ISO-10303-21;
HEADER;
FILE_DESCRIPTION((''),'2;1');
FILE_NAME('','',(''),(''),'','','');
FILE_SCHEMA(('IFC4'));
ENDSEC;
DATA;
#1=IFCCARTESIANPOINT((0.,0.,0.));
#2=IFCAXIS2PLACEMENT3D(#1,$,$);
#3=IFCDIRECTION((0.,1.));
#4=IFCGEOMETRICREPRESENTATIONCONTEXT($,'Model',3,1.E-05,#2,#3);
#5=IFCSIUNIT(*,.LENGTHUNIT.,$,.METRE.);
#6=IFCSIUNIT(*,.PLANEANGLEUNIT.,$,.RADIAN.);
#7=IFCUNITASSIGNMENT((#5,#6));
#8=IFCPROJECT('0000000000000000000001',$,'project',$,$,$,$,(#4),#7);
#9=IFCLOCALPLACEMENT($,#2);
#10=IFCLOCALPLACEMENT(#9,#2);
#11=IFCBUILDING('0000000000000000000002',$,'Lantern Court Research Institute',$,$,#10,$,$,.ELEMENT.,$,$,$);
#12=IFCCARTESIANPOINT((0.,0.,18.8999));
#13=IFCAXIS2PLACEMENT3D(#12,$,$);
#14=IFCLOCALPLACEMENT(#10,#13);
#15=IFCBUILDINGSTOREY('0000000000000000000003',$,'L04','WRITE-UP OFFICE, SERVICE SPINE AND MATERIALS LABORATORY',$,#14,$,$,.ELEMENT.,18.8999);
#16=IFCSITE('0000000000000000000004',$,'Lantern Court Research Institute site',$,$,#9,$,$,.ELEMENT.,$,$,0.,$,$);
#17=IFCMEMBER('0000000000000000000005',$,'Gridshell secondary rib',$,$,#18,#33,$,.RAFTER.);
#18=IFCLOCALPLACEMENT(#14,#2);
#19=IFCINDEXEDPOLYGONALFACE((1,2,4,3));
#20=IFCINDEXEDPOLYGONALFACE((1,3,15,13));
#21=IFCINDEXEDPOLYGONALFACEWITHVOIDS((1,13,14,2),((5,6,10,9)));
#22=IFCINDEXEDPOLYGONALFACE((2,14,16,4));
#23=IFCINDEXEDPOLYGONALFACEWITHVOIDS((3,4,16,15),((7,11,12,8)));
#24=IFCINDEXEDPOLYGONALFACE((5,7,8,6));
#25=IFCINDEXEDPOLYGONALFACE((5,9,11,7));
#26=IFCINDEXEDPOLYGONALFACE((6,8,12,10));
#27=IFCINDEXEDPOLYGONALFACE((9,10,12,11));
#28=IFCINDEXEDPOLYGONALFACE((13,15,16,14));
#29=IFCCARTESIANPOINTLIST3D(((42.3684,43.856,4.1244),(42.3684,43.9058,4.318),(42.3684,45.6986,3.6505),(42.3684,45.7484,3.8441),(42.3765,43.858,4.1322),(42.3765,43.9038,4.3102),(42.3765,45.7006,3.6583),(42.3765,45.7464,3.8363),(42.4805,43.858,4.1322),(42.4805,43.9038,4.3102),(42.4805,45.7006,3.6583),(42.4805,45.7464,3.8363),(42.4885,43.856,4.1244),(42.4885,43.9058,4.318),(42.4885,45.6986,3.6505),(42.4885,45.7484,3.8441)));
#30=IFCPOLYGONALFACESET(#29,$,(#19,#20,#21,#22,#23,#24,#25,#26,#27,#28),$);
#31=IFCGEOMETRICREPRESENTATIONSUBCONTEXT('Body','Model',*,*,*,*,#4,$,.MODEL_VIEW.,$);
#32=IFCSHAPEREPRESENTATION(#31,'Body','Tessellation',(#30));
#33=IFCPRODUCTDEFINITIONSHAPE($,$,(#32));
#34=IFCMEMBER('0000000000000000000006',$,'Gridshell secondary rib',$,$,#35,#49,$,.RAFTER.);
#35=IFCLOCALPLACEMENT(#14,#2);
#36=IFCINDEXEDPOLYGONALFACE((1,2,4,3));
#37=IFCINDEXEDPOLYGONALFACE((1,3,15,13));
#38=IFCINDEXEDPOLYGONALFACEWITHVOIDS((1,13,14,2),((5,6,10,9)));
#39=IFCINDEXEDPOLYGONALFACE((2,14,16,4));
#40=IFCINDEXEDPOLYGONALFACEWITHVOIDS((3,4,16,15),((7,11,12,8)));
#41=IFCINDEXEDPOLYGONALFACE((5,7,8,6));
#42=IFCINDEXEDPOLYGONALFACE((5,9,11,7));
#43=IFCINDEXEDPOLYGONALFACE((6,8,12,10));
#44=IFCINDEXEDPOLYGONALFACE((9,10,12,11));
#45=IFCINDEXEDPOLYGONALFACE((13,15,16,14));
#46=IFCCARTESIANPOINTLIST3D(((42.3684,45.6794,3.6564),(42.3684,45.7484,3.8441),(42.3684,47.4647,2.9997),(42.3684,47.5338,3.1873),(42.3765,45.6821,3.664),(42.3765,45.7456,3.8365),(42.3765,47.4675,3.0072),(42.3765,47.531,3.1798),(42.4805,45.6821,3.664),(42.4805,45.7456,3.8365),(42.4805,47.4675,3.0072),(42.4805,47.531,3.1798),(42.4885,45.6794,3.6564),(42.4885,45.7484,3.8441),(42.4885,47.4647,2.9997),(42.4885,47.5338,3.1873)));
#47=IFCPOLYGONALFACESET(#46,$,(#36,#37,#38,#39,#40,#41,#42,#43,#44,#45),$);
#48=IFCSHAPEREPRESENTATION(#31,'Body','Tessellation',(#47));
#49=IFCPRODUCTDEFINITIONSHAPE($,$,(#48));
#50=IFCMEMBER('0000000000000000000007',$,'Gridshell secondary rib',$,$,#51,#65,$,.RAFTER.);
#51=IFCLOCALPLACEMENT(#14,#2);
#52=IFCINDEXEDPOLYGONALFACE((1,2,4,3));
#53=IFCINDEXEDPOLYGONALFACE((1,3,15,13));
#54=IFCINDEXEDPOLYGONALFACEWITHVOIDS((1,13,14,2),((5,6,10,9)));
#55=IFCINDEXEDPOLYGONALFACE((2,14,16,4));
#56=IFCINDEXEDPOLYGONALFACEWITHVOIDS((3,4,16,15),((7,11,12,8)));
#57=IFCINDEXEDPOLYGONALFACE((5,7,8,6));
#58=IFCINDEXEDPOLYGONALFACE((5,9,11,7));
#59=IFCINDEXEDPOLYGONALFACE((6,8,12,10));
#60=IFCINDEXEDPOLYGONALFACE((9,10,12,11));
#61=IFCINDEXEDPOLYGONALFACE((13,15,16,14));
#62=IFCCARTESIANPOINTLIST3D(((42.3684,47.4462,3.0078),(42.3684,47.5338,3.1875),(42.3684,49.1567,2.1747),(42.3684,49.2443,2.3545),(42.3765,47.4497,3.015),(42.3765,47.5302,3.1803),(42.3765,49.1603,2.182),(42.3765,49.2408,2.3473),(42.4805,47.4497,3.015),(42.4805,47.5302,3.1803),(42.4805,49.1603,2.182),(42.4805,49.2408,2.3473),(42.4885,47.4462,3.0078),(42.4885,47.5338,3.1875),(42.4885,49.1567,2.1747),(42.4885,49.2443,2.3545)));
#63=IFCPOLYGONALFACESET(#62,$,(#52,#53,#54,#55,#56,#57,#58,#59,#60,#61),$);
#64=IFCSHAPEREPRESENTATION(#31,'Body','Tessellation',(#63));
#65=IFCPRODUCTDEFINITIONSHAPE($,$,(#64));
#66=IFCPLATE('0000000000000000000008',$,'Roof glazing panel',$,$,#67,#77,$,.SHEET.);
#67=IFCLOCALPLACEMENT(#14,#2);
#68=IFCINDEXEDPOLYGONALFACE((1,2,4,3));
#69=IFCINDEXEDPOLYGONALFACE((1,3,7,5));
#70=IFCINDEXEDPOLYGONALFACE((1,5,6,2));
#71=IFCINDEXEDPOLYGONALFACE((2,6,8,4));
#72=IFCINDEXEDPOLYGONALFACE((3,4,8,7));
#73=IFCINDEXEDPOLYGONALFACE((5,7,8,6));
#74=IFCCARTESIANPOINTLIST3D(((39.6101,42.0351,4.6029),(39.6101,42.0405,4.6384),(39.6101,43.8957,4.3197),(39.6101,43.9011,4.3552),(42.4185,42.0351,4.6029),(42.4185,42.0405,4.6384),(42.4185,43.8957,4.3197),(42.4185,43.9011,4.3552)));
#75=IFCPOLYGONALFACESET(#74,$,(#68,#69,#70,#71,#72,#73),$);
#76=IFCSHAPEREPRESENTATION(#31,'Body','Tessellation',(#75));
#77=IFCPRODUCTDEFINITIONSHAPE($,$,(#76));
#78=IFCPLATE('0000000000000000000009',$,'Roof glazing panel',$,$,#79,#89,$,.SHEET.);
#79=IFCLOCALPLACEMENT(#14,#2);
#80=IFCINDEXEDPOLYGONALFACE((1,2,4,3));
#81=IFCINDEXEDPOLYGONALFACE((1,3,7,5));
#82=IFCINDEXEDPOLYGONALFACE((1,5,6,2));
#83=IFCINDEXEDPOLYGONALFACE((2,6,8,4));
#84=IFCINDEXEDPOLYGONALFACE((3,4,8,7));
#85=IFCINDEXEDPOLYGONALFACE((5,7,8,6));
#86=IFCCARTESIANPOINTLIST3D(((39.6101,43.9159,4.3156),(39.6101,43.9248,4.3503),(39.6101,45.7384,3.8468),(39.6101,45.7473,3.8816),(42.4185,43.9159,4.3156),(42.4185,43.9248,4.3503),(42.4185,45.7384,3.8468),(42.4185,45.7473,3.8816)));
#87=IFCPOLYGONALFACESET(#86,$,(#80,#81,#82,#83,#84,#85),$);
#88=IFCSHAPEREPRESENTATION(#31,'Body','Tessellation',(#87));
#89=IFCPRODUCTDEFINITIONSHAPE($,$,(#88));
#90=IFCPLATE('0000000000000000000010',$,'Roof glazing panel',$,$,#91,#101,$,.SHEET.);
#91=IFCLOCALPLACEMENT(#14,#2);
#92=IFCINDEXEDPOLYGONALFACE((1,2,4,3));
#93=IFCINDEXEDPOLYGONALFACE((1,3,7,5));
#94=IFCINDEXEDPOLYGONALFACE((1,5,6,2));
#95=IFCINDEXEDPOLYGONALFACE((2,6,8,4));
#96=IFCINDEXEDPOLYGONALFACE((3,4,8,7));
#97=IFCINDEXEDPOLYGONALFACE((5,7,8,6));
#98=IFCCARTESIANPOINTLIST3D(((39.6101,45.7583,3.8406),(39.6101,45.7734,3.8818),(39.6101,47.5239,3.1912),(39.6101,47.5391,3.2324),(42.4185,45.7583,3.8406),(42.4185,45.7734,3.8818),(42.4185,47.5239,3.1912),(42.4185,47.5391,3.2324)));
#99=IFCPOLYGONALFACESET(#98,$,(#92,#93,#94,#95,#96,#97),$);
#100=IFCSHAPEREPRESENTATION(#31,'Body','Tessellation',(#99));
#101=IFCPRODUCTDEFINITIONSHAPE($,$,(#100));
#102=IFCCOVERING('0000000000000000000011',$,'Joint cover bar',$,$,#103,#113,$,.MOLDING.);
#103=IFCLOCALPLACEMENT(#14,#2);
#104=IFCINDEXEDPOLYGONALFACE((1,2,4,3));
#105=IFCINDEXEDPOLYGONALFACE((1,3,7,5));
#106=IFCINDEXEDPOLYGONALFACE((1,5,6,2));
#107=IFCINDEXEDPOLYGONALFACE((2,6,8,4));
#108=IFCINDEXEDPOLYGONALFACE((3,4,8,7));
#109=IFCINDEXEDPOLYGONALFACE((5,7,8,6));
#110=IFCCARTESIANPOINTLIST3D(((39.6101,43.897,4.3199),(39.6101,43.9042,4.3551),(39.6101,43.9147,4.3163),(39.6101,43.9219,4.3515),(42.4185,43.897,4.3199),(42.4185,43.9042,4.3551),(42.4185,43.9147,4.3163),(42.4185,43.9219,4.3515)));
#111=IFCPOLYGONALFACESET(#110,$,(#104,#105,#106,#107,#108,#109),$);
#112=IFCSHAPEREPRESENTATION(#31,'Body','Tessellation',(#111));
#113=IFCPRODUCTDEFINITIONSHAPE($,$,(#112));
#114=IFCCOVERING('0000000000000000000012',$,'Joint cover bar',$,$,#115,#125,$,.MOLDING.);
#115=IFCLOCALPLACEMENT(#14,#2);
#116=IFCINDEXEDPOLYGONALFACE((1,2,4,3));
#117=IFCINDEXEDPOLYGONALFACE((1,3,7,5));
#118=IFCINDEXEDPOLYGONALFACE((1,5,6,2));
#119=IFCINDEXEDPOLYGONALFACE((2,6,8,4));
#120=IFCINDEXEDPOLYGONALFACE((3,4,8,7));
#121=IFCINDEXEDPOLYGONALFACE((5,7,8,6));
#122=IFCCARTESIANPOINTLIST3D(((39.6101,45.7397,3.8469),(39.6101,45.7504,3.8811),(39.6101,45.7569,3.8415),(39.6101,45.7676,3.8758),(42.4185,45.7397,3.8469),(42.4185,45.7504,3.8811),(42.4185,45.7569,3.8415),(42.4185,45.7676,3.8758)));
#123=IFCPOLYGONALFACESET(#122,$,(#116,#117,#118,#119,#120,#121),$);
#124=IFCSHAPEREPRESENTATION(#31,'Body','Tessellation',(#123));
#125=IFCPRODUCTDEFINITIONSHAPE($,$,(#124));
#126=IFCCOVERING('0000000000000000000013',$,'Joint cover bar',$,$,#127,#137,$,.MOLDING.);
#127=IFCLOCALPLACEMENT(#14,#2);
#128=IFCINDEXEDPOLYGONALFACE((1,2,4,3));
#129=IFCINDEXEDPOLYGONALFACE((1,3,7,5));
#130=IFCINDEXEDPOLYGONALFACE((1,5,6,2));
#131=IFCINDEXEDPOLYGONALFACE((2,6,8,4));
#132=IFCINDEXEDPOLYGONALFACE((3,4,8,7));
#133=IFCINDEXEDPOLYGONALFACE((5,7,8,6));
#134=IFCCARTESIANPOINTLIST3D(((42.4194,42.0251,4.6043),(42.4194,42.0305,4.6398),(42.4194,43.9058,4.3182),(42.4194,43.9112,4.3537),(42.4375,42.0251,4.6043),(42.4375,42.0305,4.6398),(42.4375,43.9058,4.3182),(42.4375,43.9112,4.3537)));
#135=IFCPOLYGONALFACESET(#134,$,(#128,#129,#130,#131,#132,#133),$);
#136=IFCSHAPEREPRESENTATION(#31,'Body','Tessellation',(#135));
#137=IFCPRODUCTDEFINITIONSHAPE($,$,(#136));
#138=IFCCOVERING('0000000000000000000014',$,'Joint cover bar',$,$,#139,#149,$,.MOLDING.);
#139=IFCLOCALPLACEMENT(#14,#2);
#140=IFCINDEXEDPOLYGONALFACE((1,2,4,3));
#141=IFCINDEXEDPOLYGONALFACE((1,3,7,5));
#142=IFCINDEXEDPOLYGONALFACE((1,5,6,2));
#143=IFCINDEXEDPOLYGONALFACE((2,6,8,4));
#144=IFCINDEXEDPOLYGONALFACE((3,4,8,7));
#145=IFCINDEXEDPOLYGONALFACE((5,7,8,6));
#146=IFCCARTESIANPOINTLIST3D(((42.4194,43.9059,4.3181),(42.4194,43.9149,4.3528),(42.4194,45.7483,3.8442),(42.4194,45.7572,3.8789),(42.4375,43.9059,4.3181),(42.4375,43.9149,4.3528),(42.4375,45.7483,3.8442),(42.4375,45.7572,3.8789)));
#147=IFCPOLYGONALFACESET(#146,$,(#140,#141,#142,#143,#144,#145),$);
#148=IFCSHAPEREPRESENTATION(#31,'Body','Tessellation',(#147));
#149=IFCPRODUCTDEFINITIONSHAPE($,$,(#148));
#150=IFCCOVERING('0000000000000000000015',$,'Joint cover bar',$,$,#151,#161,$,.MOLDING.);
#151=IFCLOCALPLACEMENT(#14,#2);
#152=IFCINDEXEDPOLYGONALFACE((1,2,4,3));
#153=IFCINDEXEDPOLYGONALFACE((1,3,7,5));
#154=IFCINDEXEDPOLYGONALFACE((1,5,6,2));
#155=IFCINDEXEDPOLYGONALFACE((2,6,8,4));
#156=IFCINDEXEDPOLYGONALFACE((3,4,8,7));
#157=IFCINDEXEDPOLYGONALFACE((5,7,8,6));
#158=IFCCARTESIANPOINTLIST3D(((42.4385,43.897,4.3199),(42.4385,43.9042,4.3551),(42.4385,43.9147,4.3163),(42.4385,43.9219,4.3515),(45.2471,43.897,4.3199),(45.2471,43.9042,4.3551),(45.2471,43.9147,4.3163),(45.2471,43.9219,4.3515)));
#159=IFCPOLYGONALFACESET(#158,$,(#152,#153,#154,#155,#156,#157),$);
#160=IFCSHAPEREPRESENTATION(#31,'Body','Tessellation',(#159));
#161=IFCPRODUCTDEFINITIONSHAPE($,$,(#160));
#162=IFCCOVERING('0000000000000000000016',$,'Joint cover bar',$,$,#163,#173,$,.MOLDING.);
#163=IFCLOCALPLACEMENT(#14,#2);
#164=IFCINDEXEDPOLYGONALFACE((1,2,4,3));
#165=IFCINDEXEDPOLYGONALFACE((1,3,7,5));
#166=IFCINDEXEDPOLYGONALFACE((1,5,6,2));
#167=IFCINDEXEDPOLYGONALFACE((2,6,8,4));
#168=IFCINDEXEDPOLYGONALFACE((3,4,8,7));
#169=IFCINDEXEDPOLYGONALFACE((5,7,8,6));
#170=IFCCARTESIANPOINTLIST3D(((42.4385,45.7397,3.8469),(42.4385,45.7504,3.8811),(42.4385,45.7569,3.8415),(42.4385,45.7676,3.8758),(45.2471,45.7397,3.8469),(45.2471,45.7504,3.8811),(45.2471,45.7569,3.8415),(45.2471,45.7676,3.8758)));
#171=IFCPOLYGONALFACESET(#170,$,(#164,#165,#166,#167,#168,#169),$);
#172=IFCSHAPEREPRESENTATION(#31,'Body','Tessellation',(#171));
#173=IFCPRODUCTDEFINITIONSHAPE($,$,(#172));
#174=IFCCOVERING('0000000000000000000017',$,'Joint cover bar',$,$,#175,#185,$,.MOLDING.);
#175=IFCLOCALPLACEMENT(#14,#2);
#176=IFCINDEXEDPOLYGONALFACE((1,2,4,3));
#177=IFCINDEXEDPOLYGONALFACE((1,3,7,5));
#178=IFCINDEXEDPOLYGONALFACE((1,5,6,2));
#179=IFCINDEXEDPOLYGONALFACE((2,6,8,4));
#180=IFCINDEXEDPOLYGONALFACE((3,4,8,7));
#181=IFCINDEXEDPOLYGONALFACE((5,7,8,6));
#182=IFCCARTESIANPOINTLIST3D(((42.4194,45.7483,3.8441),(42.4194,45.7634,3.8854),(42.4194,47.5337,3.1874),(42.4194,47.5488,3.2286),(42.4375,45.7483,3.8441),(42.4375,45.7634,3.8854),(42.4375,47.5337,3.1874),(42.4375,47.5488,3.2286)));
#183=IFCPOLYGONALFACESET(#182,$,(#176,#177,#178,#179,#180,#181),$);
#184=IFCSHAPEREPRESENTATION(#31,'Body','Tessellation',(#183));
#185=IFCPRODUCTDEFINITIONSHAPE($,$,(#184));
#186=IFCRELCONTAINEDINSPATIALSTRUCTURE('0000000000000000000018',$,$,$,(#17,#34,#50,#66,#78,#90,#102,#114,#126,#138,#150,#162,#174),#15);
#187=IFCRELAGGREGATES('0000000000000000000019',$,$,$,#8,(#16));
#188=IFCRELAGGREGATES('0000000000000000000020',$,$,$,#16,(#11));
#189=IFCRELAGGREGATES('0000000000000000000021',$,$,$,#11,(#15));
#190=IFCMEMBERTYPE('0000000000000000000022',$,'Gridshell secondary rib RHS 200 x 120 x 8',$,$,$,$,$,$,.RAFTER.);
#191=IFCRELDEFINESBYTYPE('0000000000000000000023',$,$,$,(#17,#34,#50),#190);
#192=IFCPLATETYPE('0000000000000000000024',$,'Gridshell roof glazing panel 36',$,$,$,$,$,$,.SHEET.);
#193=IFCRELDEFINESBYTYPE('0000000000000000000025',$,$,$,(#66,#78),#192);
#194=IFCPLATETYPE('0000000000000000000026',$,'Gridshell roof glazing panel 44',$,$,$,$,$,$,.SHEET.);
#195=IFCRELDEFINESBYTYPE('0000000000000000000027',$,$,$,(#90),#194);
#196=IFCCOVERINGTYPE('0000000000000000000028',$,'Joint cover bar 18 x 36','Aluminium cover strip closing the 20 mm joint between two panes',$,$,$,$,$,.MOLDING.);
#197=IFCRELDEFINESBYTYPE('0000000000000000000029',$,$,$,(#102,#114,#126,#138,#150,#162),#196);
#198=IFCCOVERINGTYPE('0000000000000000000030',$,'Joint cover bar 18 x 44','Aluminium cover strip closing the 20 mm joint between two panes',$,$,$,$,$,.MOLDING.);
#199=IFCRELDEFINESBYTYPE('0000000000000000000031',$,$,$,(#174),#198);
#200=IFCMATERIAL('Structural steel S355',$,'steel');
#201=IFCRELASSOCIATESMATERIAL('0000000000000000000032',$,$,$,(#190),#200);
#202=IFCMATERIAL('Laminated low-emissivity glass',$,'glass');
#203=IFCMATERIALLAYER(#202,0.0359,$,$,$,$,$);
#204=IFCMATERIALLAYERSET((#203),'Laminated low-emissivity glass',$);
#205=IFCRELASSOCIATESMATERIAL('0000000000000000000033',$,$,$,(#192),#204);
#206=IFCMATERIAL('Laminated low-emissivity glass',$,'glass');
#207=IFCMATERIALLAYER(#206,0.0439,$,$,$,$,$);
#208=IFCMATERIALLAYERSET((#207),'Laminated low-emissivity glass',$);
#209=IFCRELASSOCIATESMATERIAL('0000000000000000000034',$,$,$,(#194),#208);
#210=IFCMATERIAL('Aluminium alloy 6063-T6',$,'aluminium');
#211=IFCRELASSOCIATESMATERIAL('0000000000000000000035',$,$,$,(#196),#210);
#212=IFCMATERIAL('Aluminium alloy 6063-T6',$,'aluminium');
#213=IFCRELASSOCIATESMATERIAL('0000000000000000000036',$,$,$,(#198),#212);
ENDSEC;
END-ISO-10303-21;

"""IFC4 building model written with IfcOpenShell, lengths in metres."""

from ifc_helpers import new_model, si_unit, direction, frame, origin, origin_2d, place, context, subcontext, project, spatial, polyline, rectangle, hollow_rectangle, outline, extrude, material, layer, layer_set, material_profile, profile_set, type_object, element, save


model = new_model("IFC4")

# Units and contexts
model_context = context("Model", 3, precision=1e-05, world=origin(), true_north=direction((0.0, 1.0)))
body_context = subcontext(model_context, "Body", "Model", "MODEL_VIEW")
ifc_project = project(units=[si_unit("LENGTHUNIT", "METRE"), si_unit("PLANEANGLEUNIT", "RADIAN")], contexts=[model_context])

# Site, building, storey
site_placement = place(None, origin())
site = spatial("IfcSite", under=ifc_project, at=site_placement, Name="Lantern Court Research Institute site", CompositionType="ELEMENT", RefElevation=0.0)
building_placement = place(site_placement, origin())
building = spatial("IfcBuilding", under=site, at=building_placement, Name="Lantern Court Research Institute", CompositionType="ELEMENT")
storey_placement = place(building_placement, frame((0.0, 0.0, 18.8999)))
storey = spatial("IfcBuildingStorey", under=building, at=storey_placement, Name="L04", Description="WRITE-UP OFFICE, SERVICE SPINE AND MATERIALS LABORATORY", CompositionType="ELEMENT", Elevation=18.8999)

# Members
ifc_material_1 = material(Name="Structural steel S355", Category="steel")
ifc_material_profile_1 = material_profile(ifc_material_1, hollow_rectangle(XDim=0.1201, YDim=0.2, WallThickness=0.0081, at=origin_2d()), Name="Gridshell secondary rib RHS 200 x 120 x 8")
ifc_profile_set_1 = profile_set([ifc_material_profile_1], Name="Structural steel S355")
member_type_1 = type_object("IfcMemberType", Name="Gridshell secondary rib RHS 200 x 120 x 8", PredefinedType="RAFTER", material=ifc_profile_set_1)
member_1_placement = place(storey_placement, frame((42.4285, 43.8809, 4.2212), z_axis=(0.0, 0.968482, -0.249082), x_axis=(-1.0, 0.0, 0.0)))
element("IfcMember", 1, at=member_1_placement, inside=storey, type_object=member_type_1, Name="Gridshell secondary rib", PredefinedType="RAFTER", context=body_context, shape_type="SweptSolid", body=[
    extrude(hollow_rectangle(XDim=0.1201, YDim=0.2, WallThickness=0.0081, at=origin_2d()), origin(), (0.0, 0.0, 1.0), 1.9026),
])
member_2_placement = place(storey_placement, frame((42.4285, 45.7139, 3.7502), z_axis=(0.0, 0.93852, -0.345224), x_axis=(-1.0, 0.0, 0.0)))
element("IfcMember", 2, at=member_2_placement, inside=storey, type_object=member_type_1, Name="Gridshell secondary rib", PredefinedType="RAFTER", context=body_context, shape_type="SweptSolid", body=[
    extrude(hollow_rectangle(XDim=0.1201, YDim=0.2, WallThickness=0.0081, at=origin_2d()), origin(), (0.0, 0.0, 1.0), 1.9023),
])
member_3_placement = place(storey_placement, frame((42.4285, 47.49, 3.0977), z_axis=(0.0, 0.899049, -0.437847), x_axis=(-1.0, 0.0, 0.0)))
element("IfcMember", 3, at=member_3_placement, inside=storey, type_object=member_type_1, Name="Gridshell secondary rib", PredefinedType="RAFTER", context=body_context, shape_type="SweptSolid", body=[
    extrude(hollow_rectangle(XDim=0.1201, YDim=0.2, WallThickness=0.0081, at=origin_2d()), origin(), (0.0, 0.0, 1.0), 1.9026),
])

# Plates
ifc_material_2 = material(Name="Laminated low-emissivity glass", Category="glass")
ifc_layer_1 = layer(ifc_material_2, 0.0359)
ifc_layer_set_1 = layer_set([ifc_layer_1], Name="Laminated low-emissivity glass")
plate_type_1 = type_object("IfcPlateType", Name="Gridshell roof glazing panel 36", PredefinedType="SHEET", material=ifc_layer_set_1)
plate_1_placement = place(storey_placement, frame((42.4185, 42.0405, 4.6384), z_axis=(0.0, 0.150478, 0.988613), x_axis=(-1.0, 0.0, 0.0)))
element("IfcPlate", 4, at=plate_1_placement, inside=storey, type_object=plate_type_1, Name="Roof glazing panel", PredefinedType="SHEET", context=body_context, shape_type="SweptSolid", body=[
    extrude(outline(polyline([(0.0, 0.0), (2.8083, 0.0), (2.8083, -1.882), (0.0, -1.882), (0.0, 0.0)])), origin(), (0.0, 0.0, -1.0), 0.0359),
])
plate_2_placement = place(storey_placement, frame((42.4185, 43.9248, 4.3503), z_axis=(0.0, 0.249093, 0.96848), x_axis=(-1.0, 0.0, 0.0)))
element("IfcPlate", 5, at=plate_2_placement, inside=storey, type_object=plate_type_1, Name="Roof glazing panel", PredefinedType="SHEET", context=body_context, shape_type="SweptSolid", body=[
    extrude(outline(polyline([(0.0, 0.0), (2.8083, 0.0), (2.8083, -1.8818), (0.0, -1.8818), (0.0, 0.0)])), origin(), (0.0, 0.0, -1.0), 0.0359),
])
ifc_material_3 = material(Name="Laminated low-emissivity glass", Category="glass")
ifc_layer_2 = layer(ifc_material_3, 0.0439)
ifc_layer_set_2 = layer_set([ifc_layer_2], Name="Laminated low-emissivity glass")
plate_type_2 = type_object("IfcPlateType", Name="Gridshell roof glazing panel 44", PredefinedType="SHEET", material=ifc_layer_set_2)
plate_3_placement = place(storey_placement, frame((42.4185, 45.7734, 3.8818), z_axis=(0.0, 0.3452, 0.938529), x_axis=(-1.0, 0.0, 0.0)))
element("IfcPlate", 6, at=plate_3_placement, inside=storey, type_object=plate_type_2, Name="Roof glazing panel", PredefinedType="SHEET", context=body_context, shape_type="SweptSolid", body=[
    extrude(outline(polyline([(0.0, 0.0), (2.8083, 0.0), (2.8083, -1.8813), (0.0, -1.8813), (0.0, 0.0)])), origin(), (0.0, 0.0, -1.0), 0.0439),
])

# Coverings
ifc_material_4 = material(Name="Aluminium alloy 6063-T6", Category="aluminium")
ifc_material_profile_2 = material_profile(ifc_material_4, rectangle(XDim=0.0181, YDim=0.0359, at=origin_2d()), Name="Joint cover bar 18 x 36")
ifc_profile_set_2 = profile_set([ifc_material_profile_2], Name="Aluminium alloy 6063-T6")
covering_type_1 = type_object("IfcCoveringType", Name="Joint cover bar 18 x 36", Description="Aluminium cover strip closing the 20 mm joint between two panes", PredefinedType="MOLDING", material=ifc_profile_set_2)
for number, where, z_axis, x_axis, name in (
    (7, (39.6101, 43.9094, 4.3357), (1.0, 0.0, 0.0), (0.0, 0.979787, -0.200043), "Joint cover bar"),
    (8, (39.6101, 45.7537, 3.8613), (1.0, 0.0, 0.0), (0.0, 0.954713, -0.297528), "Joint cover bar"),
):
    element("IfcCovering", number, at=place(storey_placement, frame(where, z_axis=z_axis, x_axis=x_axis)), inside=storey, type_object=covering_type_1, Name=name, PredefinedType="MOLDING", context=body_context, shape_type="SweptSolid", body=[
        extrude(rectangle(XDim=0.0181, YDim=0.0359, at=origin_2d()), origin(), (0.0, 0.0, 1.0), 2.8083),
    ])
for number, where, z_axis, x_axis, name in (
    (9, (42.4285, 42.0278, 4.6221), (0.0, 0.988623, -0.150417), (-1.0, 0.0, 0.0), "Joint cover bar"),
    (10, (42.4285, 43.9104, 4.3354), (0.0, 0.968474, -0.249113), (-1.0, 0.0, 0.0), "Joint cover bar"),
):
    element("IfcCovering", number, at=place(storey_placement, frame(where, z_axis=z_axis, x_axis=x_axis)), inside=storey, type_object=covering_type_1, Name=name, PredefinedType="MOLDING", context=body_context, shape_type="SweptSolid", body=[
        extrude(rectangle(XDim=0.0181, YDim=0.0359, at=origin_2d()), origin(), (0.0, 0.0, 1.0), 1.9023),
    ])
for number, where, z_axis, x_axis, name in (
    (11, (42.4385, 43.9094, 4.3357), (1.0, 0.0, 0.0), (0.0, 0.979787, -0.200043), "Joint cover bar"),
    (12, (42.4385, 45.7537, 3.8613), (1.0, 0.0, 0.0), (0.0, 0.954713, -0.297528), "Joint cover bar"),
):
    element("IfcCovering", number, at=place(storey_placement, frame(where, z_axis=z_axis, x_axis=x_axis)), inside=storey, type_object=covering_type_1, Name=name, PredefinedType="MOLDING", context=body_context, shape_type="SweptSolid", body=[
        extrude(rectangle(XDim=0.0181, YDim=0.0359, at=origin_2d()), origin(), (0.0, 0.0, 1.0), 2.8086),
    ])
ifc_material_5 = material(Name="Aluminium alloy 6063-T6", Category="aluminium")
ifc_material_profile_3 = material_profile(ifc_material_5, rectangle(XDim=0.0181, YDim=0.0439, at=origin_2d()), Name="Joint cover bar 18 x 44")
ifc_profile_set_3 = profile_set([ifc_material_profile_3], Name="Aluminium alloy 6063-T6")
covering_type_2 = type_object("IfcCoveringType", Name="Joint cover bar 18 x 44", Description="Aluminium cover strip closing the 20 mm joint between two panes", PredefinedType="MOLDING", material=ifc_profile_set_3)
covering_placement = place(storey_placement, frame((42.4285, 45.7559, 3.8647), z_axis=(0.0, 0.93852, -0.345224), x_axis=(-1.0, 0.0, 0.0)))
element("IfcCovering", 13, at=covering_placement, inside=storey, type_object=covering_type_2, Name="Joint cover bar", PredefinedType="MOLDING", context=body_context, shape_type="SweptSolid", body=[
    extrude(rectangle(XDim=0.0181, YDim=0.0439, at=origin_2d()), origin(), (0.0, 0.0, 1.0), 1.9023),
])

save(model, "model.ifc")
